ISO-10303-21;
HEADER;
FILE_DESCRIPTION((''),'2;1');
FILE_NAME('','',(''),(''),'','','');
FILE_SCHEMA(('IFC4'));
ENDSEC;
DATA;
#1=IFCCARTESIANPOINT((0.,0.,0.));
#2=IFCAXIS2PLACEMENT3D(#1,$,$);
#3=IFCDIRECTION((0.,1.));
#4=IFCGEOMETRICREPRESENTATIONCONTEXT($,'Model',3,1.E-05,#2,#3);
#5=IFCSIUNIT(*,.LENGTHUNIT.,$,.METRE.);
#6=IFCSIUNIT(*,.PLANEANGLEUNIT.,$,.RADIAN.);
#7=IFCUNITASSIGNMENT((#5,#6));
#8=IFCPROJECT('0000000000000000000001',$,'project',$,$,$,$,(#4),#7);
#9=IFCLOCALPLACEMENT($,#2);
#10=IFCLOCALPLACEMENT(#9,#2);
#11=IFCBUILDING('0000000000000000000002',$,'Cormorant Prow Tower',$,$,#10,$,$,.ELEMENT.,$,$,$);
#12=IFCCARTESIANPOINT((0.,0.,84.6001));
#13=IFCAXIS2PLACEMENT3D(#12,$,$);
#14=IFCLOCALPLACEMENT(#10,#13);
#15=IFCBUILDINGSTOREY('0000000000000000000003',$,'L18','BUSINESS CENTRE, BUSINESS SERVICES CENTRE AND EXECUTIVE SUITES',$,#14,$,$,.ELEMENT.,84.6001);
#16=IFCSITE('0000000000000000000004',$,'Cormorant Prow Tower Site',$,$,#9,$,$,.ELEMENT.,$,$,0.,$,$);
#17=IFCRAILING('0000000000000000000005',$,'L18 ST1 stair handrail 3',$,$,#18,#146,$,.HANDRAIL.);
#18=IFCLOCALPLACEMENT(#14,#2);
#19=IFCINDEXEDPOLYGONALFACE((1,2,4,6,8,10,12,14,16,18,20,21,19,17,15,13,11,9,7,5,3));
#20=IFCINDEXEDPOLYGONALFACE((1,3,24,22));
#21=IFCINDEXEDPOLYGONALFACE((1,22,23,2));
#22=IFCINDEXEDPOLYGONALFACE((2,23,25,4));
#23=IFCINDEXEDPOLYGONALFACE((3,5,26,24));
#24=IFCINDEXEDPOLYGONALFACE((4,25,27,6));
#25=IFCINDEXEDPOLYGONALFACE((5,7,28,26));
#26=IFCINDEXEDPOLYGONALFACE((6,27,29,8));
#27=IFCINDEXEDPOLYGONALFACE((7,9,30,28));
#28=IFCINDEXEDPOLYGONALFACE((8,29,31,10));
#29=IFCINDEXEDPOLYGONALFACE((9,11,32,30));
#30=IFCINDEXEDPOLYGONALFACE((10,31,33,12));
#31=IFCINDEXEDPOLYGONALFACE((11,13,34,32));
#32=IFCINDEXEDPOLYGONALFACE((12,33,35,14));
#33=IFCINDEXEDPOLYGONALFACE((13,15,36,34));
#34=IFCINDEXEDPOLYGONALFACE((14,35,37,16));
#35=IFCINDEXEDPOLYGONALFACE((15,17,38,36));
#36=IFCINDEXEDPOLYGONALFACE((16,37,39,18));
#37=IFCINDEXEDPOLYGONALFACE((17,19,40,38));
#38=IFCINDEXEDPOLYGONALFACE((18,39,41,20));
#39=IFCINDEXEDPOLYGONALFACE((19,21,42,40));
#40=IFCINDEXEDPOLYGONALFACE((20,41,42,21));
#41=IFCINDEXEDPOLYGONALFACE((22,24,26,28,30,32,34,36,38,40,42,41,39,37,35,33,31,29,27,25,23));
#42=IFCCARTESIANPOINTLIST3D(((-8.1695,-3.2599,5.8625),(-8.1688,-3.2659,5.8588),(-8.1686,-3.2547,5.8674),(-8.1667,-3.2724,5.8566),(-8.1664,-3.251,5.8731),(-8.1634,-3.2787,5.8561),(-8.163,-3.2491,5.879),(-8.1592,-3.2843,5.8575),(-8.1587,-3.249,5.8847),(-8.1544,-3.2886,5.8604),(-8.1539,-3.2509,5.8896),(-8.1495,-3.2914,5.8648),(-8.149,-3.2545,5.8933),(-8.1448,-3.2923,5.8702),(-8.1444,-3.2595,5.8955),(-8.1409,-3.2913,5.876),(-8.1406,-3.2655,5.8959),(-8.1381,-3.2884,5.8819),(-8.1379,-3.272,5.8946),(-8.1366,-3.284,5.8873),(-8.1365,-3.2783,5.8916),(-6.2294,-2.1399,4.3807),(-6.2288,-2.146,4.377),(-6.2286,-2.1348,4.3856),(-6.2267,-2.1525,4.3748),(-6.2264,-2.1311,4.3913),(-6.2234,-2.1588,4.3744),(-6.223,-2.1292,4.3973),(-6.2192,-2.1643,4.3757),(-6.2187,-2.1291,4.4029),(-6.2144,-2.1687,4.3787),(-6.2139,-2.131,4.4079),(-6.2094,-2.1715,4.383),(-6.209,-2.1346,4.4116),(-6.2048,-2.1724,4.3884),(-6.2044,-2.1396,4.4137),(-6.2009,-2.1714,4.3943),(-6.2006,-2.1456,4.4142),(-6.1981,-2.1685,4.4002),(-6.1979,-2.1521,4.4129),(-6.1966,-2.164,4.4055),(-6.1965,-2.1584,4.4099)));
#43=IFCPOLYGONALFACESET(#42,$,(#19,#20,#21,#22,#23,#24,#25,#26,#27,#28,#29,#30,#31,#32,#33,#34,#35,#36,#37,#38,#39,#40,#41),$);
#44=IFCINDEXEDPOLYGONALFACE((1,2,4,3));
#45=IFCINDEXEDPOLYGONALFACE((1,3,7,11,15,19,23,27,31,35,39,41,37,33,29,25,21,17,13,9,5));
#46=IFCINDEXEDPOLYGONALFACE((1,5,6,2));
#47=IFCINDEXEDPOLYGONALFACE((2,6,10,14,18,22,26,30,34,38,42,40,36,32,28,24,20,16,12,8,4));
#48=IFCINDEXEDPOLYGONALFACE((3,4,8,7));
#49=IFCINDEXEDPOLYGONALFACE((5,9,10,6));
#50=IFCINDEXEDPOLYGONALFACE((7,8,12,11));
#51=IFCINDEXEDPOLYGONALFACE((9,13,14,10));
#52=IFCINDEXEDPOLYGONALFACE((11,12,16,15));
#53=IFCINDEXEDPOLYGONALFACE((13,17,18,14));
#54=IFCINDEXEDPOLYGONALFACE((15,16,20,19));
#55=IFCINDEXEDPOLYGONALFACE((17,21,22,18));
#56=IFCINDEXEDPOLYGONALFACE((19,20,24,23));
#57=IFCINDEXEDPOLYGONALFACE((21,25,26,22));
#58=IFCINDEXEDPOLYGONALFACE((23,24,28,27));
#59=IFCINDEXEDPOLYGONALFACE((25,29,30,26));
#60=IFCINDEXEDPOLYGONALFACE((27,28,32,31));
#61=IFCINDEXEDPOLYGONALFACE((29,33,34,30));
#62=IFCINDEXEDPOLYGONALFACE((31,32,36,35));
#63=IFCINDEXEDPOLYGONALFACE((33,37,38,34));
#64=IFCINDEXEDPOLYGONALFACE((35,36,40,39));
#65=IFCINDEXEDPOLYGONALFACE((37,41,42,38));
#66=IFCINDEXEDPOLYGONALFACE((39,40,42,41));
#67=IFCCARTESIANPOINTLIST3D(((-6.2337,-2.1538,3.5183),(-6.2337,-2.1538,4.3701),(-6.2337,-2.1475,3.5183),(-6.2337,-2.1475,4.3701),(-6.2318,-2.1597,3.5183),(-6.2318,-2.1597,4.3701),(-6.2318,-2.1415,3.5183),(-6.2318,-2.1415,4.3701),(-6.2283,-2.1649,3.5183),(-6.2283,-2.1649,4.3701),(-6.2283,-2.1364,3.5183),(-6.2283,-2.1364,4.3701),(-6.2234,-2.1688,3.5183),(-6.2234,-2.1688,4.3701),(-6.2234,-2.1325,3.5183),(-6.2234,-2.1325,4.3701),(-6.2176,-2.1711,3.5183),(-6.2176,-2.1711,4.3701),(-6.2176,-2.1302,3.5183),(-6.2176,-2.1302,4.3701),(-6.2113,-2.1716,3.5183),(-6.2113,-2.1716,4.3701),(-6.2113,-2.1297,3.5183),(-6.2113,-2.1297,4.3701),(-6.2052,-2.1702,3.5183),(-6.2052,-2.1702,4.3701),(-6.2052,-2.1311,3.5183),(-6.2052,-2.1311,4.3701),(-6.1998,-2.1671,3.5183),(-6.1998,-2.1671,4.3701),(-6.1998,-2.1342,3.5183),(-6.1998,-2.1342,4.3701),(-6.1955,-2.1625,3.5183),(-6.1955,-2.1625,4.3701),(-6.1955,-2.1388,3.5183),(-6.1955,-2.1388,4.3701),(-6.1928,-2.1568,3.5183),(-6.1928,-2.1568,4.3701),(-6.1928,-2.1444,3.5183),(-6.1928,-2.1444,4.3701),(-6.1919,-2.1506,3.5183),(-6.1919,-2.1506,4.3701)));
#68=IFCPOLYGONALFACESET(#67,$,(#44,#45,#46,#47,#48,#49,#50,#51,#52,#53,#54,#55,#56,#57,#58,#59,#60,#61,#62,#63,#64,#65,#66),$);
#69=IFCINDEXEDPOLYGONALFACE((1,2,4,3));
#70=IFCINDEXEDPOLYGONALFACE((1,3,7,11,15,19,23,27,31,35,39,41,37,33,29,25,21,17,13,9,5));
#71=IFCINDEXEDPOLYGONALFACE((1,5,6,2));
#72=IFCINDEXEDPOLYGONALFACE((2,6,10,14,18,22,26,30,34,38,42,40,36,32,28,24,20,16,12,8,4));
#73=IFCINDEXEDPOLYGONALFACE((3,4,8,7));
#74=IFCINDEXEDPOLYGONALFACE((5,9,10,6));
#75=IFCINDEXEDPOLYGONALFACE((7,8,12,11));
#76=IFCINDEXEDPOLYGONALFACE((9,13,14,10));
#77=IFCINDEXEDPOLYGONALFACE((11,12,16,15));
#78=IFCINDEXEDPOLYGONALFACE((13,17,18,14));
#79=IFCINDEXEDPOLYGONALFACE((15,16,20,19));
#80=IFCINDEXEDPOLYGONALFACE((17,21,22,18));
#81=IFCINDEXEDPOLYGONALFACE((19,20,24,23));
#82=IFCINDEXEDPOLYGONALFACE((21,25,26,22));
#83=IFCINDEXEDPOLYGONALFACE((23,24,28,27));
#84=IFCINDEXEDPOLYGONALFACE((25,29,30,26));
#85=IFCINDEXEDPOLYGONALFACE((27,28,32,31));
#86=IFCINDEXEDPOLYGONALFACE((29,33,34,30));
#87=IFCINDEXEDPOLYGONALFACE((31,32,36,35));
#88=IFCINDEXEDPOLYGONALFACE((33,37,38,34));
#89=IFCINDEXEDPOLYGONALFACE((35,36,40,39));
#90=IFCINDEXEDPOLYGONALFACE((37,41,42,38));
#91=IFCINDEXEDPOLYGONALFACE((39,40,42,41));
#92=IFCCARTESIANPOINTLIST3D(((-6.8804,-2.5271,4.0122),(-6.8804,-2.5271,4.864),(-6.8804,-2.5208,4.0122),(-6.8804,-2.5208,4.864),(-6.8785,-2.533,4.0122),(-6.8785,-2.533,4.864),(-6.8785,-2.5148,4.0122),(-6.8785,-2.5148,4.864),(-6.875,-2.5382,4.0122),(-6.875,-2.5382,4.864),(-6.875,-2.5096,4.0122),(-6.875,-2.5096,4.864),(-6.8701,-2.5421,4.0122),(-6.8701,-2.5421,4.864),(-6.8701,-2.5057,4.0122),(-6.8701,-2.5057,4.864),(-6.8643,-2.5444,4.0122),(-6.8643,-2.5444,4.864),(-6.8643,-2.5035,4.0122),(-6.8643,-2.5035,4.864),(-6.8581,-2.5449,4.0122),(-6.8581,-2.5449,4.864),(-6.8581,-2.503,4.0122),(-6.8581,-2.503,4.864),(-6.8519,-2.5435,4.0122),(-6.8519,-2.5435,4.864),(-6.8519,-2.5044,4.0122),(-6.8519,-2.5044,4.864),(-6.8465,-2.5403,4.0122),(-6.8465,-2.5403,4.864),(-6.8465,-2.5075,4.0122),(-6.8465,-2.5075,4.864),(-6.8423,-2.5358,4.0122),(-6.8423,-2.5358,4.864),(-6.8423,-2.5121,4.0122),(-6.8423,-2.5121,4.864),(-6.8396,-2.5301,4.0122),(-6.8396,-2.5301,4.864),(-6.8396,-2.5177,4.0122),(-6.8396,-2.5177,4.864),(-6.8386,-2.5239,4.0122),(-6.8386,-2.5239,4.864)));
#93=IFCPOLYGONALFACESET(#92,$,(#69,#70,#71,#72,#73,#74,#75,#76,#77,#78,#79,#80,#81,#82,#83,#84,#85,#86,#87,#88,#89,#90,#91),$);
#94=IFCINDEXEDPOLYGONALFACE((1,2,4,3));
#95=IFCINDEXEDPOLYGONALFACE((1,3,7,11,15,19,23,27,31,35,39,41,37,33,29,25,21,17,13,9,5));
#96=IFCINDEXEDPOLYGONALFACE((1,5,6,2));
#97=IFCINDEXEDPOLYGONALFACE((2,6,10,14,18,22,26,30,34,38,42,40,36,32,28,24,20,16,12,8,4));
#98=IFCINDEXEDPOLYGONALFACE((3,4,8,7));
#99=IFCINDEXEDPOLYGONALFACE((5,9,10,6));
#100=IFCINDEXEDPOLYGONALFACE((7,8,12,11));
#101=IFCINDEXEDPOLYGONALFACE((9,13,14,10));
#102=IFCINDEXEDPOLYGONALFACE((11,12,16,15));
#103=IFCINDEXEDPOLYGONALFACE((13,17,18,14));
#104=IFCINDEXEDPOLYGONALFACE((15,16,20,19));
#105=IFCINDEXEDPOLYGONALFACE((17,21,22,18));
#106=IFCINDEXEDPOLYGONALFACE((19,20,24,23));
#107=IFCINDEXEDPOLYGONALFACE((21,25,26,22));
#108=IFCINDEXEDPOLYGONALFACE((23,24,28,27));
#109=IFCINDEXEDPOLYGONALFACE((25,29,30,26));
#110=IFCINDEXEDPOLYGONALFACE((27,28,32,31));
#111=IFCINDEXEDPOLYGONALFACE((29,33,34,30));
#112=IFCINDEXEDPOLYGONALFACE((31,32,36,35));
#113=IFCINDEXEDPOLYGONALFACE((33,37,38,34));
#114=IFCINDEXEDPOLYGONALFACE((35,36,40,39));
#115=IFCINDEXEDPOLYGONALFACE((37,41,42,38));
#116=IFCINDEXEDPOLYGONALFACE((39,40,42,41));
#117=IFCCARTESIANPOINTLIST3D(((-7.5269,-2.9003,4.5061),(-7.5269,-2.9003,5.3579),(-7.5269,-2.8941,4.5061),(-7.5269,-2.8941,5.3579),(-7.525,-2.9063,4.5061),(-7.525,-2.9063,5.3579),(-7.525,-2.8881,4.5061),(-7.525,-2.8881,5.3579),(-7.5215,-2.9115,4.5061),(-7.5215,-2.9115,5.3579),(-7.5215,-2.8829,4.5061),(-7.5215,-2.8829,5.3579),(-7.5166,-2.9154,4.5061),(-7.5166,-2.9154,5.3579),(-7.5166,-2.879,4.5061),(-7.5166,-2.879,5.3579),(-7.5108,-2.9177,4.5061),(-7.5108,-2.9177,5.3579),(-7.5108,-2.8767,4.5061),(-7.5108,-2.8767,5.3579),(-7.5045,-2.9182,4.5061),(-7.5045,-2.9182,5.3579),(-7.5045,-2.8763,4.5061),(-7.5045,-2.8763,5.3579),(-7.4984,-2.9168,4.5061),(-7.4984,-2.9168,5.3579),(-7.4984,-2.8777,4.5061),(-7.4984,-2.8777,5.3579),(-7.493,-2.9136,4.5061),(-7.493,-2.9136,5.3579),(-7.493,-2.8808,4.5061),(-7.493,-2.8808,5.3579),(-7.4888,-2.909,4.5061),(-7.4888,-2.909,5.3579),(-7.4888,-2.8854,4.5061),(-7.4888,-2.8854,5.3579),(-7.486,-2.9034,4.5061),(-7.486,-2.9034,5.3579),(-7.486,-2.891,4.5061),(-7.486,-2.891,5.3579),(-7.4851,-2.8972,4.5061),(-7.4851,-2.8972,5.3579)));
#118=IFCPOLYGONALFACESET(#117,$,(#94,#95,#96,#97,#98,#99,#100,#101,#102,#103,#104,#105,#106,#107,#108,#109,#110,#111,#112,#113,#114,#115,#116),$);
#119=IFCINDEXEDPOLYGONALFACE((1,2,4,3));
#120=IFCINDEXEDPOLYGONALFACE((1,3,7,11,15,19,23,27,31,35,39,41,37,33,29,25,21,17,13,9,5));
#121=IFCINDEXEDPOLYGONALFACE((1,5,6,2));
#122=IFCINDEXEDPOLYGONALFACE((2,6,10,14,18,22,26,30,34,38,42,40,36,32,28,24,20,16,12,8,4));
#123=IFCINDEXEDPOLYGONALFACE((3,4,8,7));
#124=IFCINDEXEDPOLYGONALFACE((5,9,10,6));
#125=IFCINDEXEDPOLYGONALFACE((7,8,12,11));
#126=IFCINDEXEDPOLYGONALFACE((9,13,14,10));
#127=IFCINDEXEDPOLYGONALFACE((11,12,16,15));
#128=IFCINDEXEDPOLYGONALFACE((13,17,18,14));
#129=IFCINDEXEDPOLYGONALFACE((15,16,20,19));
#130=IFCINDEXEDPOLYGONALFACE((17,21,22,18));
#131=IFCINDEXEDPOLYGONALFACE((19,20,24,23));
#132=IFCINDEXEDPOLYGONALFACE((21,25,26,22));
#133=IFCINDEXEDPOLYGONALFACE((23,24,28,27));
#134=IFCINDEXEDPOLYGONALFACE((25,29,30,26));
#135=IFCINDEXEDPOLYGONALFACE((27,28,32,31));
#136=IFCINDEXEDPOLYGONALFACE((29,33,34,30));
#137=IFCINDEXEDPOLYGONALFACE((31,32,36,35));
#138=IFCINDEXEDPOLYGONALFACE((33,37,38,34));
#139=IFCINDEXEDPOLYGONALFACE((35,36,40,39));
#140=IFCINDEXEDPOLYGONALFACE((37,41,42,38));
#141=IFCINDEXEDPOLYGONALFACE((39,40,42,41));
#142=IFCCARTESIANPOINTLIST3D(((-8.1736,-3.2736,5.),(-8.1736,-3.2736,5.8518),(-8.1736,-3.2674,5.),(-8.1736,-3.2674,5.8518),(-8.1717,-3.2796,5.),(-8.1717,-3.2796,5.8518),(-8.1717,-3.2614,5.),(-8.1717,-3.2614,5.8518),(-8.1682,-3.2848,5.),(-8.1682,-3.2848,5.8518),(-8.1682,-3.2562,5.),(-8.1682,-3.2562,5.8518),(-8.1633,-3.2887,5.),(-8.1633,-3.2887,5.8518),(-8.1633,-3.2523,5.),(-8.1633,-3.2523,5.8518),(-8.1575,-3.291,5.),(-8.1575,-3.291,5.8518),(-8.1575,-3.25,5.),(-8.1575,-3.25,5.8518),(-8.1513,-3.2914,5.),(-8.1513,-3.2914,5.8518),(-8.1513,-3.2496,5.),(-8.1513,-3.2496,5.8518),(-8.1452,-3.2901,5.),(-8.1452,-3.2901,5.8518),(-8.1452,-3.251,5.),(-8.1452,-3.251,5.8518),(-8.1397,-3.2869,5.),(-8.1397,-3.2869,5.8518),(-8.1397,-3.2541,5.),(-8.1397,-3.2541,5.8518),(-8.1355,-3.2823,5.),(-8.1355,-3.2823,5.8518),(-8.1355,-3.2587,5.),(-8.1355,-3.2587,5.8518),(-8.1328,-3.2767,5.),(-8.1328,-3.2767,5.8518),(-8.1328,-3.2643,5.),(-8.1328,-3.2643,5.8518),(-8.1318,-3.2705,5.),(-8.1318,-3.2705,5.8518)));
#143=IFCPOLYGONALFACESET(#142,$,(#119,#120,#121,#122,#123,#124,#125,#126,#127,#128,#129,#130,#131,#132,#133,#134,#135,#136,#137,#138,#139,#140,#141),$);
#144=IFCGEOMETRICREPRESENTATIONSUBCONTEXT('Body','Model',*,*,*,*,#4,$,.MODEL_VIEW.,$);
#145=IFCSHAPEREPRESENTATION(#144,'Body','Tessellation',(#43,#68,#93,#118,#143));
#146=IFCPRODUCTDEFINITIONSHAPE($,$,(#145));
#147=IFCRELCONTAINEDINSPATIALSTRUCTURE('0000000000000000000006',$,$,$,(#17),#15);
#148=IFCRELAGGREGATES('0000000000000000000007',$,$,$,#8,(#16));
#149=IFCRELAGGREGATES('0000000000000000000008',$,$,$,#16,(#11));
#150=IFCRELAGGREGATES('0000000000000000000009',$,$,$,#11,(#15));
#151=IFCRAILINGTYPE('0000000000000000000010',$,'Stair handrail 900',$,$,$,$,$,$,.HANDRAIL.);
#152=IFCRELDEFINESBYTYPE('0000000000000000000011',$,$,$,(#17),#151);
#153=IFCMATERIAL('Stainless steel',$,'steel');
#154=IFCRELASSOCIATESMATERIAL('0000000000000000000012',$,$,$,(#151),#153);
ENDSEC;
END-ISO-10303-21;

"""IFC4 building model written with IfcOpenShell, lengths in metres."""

from ifc_helpers import new_model, si_unit, direction, frame, origin, origin_2d, place, context, subcontext, project, spatial, circle, extrude, material, type_object, element, save


model = new_model("IFC4")

# Units and contexts
model_context = context("Model", 3, precision=1e-05, world=origin(), true_north=direction((0.0, 1.0)))
body_context = subcontext(model_context, "Body", "Model", "MODEL_VIEW")
ifc_project = project(units=[si_unit("LENGTHUNIT", "METRE"), si_unit("PLANEANGLEUNIT", "RADIAN")], contexts=[model_context])

# Site, building, storey
site_placement = place(None, origin())
site = spatial("IfcSite", under=ifc_project, at=site_placement, Name="Cormorant Prow Tower Site", CompositionType="ELEMENT", RefElevation=0.0)
building_placement = place(site_placement, origin())
building = spatial("IfcBuilding", under=site, at=building_placement, Name="Cormorant Prow Tower", CompositionType="ELEMENT")
storey_placement = place(building_placement, frame((0.0, 0.0, 84.6001)))
storey = spatial("IfcBuildingStorey", under=building, at=storey_placement, Name="L18", Description="BUSINESS CENTRE, BUSINESS SERVICES CENTRE AND EXECUTIVE SUITES", CompositionType="ELEMENT", Elevation=84.6001)

# Railing
ifc_material_1 = material(Name="Stainless steel", Category="steel")
railing_type = type_object("IfcRailingType", Name="Stair handrail 900", PredefinedType="HANDRAIL", material=ifc_material_1)
railing_1_placement = place(storey_placement, frame((-6.2129, -2.1506, 3.5183)))
element("IfcRailing", 1, at=railing_1_placement, inside=storey, type_object=railing_type, Name="L18 ST1 stair handrail 3", PredefinedType="HANDRAIL", context=body_context, shape_type="SweptSolid", body=[
    extrude(circle(Radius=0.0239, at=origin_2d()), frame((0.0, 0.0, 0.876), z_axis=(-0.722327, -0.416979, 0.551699), x_axis=(0.499949, -0.866055, 0.0)), (0.0, 0.0, 1.0), 2.6858),
    extrude(circle(Radius=0.021, at=origin_2d()), origin(), (0.0, 0.0, 1.0), 0.8518),
    extrude(circle(Radius=0.021, at=origin_2d()), frame((-0.6467, -0.3733, 0.4939)), (0.0, 0.0, 1.0), 0.8518),
    extrude(circle(Radius=0.021, at=origin_2d()), frame((-1.2932, -0.7466, 0.9878)), (0.0, 0.0, 1.0), 0.8518),
    extrude(circle(Radius=0.021, at=origin_2d()), frame((-1.9399, -1.1199, 1.4817)), (0.0, 0.0, 1.0), 0.8518),
])

save(model, "model.ifc")
